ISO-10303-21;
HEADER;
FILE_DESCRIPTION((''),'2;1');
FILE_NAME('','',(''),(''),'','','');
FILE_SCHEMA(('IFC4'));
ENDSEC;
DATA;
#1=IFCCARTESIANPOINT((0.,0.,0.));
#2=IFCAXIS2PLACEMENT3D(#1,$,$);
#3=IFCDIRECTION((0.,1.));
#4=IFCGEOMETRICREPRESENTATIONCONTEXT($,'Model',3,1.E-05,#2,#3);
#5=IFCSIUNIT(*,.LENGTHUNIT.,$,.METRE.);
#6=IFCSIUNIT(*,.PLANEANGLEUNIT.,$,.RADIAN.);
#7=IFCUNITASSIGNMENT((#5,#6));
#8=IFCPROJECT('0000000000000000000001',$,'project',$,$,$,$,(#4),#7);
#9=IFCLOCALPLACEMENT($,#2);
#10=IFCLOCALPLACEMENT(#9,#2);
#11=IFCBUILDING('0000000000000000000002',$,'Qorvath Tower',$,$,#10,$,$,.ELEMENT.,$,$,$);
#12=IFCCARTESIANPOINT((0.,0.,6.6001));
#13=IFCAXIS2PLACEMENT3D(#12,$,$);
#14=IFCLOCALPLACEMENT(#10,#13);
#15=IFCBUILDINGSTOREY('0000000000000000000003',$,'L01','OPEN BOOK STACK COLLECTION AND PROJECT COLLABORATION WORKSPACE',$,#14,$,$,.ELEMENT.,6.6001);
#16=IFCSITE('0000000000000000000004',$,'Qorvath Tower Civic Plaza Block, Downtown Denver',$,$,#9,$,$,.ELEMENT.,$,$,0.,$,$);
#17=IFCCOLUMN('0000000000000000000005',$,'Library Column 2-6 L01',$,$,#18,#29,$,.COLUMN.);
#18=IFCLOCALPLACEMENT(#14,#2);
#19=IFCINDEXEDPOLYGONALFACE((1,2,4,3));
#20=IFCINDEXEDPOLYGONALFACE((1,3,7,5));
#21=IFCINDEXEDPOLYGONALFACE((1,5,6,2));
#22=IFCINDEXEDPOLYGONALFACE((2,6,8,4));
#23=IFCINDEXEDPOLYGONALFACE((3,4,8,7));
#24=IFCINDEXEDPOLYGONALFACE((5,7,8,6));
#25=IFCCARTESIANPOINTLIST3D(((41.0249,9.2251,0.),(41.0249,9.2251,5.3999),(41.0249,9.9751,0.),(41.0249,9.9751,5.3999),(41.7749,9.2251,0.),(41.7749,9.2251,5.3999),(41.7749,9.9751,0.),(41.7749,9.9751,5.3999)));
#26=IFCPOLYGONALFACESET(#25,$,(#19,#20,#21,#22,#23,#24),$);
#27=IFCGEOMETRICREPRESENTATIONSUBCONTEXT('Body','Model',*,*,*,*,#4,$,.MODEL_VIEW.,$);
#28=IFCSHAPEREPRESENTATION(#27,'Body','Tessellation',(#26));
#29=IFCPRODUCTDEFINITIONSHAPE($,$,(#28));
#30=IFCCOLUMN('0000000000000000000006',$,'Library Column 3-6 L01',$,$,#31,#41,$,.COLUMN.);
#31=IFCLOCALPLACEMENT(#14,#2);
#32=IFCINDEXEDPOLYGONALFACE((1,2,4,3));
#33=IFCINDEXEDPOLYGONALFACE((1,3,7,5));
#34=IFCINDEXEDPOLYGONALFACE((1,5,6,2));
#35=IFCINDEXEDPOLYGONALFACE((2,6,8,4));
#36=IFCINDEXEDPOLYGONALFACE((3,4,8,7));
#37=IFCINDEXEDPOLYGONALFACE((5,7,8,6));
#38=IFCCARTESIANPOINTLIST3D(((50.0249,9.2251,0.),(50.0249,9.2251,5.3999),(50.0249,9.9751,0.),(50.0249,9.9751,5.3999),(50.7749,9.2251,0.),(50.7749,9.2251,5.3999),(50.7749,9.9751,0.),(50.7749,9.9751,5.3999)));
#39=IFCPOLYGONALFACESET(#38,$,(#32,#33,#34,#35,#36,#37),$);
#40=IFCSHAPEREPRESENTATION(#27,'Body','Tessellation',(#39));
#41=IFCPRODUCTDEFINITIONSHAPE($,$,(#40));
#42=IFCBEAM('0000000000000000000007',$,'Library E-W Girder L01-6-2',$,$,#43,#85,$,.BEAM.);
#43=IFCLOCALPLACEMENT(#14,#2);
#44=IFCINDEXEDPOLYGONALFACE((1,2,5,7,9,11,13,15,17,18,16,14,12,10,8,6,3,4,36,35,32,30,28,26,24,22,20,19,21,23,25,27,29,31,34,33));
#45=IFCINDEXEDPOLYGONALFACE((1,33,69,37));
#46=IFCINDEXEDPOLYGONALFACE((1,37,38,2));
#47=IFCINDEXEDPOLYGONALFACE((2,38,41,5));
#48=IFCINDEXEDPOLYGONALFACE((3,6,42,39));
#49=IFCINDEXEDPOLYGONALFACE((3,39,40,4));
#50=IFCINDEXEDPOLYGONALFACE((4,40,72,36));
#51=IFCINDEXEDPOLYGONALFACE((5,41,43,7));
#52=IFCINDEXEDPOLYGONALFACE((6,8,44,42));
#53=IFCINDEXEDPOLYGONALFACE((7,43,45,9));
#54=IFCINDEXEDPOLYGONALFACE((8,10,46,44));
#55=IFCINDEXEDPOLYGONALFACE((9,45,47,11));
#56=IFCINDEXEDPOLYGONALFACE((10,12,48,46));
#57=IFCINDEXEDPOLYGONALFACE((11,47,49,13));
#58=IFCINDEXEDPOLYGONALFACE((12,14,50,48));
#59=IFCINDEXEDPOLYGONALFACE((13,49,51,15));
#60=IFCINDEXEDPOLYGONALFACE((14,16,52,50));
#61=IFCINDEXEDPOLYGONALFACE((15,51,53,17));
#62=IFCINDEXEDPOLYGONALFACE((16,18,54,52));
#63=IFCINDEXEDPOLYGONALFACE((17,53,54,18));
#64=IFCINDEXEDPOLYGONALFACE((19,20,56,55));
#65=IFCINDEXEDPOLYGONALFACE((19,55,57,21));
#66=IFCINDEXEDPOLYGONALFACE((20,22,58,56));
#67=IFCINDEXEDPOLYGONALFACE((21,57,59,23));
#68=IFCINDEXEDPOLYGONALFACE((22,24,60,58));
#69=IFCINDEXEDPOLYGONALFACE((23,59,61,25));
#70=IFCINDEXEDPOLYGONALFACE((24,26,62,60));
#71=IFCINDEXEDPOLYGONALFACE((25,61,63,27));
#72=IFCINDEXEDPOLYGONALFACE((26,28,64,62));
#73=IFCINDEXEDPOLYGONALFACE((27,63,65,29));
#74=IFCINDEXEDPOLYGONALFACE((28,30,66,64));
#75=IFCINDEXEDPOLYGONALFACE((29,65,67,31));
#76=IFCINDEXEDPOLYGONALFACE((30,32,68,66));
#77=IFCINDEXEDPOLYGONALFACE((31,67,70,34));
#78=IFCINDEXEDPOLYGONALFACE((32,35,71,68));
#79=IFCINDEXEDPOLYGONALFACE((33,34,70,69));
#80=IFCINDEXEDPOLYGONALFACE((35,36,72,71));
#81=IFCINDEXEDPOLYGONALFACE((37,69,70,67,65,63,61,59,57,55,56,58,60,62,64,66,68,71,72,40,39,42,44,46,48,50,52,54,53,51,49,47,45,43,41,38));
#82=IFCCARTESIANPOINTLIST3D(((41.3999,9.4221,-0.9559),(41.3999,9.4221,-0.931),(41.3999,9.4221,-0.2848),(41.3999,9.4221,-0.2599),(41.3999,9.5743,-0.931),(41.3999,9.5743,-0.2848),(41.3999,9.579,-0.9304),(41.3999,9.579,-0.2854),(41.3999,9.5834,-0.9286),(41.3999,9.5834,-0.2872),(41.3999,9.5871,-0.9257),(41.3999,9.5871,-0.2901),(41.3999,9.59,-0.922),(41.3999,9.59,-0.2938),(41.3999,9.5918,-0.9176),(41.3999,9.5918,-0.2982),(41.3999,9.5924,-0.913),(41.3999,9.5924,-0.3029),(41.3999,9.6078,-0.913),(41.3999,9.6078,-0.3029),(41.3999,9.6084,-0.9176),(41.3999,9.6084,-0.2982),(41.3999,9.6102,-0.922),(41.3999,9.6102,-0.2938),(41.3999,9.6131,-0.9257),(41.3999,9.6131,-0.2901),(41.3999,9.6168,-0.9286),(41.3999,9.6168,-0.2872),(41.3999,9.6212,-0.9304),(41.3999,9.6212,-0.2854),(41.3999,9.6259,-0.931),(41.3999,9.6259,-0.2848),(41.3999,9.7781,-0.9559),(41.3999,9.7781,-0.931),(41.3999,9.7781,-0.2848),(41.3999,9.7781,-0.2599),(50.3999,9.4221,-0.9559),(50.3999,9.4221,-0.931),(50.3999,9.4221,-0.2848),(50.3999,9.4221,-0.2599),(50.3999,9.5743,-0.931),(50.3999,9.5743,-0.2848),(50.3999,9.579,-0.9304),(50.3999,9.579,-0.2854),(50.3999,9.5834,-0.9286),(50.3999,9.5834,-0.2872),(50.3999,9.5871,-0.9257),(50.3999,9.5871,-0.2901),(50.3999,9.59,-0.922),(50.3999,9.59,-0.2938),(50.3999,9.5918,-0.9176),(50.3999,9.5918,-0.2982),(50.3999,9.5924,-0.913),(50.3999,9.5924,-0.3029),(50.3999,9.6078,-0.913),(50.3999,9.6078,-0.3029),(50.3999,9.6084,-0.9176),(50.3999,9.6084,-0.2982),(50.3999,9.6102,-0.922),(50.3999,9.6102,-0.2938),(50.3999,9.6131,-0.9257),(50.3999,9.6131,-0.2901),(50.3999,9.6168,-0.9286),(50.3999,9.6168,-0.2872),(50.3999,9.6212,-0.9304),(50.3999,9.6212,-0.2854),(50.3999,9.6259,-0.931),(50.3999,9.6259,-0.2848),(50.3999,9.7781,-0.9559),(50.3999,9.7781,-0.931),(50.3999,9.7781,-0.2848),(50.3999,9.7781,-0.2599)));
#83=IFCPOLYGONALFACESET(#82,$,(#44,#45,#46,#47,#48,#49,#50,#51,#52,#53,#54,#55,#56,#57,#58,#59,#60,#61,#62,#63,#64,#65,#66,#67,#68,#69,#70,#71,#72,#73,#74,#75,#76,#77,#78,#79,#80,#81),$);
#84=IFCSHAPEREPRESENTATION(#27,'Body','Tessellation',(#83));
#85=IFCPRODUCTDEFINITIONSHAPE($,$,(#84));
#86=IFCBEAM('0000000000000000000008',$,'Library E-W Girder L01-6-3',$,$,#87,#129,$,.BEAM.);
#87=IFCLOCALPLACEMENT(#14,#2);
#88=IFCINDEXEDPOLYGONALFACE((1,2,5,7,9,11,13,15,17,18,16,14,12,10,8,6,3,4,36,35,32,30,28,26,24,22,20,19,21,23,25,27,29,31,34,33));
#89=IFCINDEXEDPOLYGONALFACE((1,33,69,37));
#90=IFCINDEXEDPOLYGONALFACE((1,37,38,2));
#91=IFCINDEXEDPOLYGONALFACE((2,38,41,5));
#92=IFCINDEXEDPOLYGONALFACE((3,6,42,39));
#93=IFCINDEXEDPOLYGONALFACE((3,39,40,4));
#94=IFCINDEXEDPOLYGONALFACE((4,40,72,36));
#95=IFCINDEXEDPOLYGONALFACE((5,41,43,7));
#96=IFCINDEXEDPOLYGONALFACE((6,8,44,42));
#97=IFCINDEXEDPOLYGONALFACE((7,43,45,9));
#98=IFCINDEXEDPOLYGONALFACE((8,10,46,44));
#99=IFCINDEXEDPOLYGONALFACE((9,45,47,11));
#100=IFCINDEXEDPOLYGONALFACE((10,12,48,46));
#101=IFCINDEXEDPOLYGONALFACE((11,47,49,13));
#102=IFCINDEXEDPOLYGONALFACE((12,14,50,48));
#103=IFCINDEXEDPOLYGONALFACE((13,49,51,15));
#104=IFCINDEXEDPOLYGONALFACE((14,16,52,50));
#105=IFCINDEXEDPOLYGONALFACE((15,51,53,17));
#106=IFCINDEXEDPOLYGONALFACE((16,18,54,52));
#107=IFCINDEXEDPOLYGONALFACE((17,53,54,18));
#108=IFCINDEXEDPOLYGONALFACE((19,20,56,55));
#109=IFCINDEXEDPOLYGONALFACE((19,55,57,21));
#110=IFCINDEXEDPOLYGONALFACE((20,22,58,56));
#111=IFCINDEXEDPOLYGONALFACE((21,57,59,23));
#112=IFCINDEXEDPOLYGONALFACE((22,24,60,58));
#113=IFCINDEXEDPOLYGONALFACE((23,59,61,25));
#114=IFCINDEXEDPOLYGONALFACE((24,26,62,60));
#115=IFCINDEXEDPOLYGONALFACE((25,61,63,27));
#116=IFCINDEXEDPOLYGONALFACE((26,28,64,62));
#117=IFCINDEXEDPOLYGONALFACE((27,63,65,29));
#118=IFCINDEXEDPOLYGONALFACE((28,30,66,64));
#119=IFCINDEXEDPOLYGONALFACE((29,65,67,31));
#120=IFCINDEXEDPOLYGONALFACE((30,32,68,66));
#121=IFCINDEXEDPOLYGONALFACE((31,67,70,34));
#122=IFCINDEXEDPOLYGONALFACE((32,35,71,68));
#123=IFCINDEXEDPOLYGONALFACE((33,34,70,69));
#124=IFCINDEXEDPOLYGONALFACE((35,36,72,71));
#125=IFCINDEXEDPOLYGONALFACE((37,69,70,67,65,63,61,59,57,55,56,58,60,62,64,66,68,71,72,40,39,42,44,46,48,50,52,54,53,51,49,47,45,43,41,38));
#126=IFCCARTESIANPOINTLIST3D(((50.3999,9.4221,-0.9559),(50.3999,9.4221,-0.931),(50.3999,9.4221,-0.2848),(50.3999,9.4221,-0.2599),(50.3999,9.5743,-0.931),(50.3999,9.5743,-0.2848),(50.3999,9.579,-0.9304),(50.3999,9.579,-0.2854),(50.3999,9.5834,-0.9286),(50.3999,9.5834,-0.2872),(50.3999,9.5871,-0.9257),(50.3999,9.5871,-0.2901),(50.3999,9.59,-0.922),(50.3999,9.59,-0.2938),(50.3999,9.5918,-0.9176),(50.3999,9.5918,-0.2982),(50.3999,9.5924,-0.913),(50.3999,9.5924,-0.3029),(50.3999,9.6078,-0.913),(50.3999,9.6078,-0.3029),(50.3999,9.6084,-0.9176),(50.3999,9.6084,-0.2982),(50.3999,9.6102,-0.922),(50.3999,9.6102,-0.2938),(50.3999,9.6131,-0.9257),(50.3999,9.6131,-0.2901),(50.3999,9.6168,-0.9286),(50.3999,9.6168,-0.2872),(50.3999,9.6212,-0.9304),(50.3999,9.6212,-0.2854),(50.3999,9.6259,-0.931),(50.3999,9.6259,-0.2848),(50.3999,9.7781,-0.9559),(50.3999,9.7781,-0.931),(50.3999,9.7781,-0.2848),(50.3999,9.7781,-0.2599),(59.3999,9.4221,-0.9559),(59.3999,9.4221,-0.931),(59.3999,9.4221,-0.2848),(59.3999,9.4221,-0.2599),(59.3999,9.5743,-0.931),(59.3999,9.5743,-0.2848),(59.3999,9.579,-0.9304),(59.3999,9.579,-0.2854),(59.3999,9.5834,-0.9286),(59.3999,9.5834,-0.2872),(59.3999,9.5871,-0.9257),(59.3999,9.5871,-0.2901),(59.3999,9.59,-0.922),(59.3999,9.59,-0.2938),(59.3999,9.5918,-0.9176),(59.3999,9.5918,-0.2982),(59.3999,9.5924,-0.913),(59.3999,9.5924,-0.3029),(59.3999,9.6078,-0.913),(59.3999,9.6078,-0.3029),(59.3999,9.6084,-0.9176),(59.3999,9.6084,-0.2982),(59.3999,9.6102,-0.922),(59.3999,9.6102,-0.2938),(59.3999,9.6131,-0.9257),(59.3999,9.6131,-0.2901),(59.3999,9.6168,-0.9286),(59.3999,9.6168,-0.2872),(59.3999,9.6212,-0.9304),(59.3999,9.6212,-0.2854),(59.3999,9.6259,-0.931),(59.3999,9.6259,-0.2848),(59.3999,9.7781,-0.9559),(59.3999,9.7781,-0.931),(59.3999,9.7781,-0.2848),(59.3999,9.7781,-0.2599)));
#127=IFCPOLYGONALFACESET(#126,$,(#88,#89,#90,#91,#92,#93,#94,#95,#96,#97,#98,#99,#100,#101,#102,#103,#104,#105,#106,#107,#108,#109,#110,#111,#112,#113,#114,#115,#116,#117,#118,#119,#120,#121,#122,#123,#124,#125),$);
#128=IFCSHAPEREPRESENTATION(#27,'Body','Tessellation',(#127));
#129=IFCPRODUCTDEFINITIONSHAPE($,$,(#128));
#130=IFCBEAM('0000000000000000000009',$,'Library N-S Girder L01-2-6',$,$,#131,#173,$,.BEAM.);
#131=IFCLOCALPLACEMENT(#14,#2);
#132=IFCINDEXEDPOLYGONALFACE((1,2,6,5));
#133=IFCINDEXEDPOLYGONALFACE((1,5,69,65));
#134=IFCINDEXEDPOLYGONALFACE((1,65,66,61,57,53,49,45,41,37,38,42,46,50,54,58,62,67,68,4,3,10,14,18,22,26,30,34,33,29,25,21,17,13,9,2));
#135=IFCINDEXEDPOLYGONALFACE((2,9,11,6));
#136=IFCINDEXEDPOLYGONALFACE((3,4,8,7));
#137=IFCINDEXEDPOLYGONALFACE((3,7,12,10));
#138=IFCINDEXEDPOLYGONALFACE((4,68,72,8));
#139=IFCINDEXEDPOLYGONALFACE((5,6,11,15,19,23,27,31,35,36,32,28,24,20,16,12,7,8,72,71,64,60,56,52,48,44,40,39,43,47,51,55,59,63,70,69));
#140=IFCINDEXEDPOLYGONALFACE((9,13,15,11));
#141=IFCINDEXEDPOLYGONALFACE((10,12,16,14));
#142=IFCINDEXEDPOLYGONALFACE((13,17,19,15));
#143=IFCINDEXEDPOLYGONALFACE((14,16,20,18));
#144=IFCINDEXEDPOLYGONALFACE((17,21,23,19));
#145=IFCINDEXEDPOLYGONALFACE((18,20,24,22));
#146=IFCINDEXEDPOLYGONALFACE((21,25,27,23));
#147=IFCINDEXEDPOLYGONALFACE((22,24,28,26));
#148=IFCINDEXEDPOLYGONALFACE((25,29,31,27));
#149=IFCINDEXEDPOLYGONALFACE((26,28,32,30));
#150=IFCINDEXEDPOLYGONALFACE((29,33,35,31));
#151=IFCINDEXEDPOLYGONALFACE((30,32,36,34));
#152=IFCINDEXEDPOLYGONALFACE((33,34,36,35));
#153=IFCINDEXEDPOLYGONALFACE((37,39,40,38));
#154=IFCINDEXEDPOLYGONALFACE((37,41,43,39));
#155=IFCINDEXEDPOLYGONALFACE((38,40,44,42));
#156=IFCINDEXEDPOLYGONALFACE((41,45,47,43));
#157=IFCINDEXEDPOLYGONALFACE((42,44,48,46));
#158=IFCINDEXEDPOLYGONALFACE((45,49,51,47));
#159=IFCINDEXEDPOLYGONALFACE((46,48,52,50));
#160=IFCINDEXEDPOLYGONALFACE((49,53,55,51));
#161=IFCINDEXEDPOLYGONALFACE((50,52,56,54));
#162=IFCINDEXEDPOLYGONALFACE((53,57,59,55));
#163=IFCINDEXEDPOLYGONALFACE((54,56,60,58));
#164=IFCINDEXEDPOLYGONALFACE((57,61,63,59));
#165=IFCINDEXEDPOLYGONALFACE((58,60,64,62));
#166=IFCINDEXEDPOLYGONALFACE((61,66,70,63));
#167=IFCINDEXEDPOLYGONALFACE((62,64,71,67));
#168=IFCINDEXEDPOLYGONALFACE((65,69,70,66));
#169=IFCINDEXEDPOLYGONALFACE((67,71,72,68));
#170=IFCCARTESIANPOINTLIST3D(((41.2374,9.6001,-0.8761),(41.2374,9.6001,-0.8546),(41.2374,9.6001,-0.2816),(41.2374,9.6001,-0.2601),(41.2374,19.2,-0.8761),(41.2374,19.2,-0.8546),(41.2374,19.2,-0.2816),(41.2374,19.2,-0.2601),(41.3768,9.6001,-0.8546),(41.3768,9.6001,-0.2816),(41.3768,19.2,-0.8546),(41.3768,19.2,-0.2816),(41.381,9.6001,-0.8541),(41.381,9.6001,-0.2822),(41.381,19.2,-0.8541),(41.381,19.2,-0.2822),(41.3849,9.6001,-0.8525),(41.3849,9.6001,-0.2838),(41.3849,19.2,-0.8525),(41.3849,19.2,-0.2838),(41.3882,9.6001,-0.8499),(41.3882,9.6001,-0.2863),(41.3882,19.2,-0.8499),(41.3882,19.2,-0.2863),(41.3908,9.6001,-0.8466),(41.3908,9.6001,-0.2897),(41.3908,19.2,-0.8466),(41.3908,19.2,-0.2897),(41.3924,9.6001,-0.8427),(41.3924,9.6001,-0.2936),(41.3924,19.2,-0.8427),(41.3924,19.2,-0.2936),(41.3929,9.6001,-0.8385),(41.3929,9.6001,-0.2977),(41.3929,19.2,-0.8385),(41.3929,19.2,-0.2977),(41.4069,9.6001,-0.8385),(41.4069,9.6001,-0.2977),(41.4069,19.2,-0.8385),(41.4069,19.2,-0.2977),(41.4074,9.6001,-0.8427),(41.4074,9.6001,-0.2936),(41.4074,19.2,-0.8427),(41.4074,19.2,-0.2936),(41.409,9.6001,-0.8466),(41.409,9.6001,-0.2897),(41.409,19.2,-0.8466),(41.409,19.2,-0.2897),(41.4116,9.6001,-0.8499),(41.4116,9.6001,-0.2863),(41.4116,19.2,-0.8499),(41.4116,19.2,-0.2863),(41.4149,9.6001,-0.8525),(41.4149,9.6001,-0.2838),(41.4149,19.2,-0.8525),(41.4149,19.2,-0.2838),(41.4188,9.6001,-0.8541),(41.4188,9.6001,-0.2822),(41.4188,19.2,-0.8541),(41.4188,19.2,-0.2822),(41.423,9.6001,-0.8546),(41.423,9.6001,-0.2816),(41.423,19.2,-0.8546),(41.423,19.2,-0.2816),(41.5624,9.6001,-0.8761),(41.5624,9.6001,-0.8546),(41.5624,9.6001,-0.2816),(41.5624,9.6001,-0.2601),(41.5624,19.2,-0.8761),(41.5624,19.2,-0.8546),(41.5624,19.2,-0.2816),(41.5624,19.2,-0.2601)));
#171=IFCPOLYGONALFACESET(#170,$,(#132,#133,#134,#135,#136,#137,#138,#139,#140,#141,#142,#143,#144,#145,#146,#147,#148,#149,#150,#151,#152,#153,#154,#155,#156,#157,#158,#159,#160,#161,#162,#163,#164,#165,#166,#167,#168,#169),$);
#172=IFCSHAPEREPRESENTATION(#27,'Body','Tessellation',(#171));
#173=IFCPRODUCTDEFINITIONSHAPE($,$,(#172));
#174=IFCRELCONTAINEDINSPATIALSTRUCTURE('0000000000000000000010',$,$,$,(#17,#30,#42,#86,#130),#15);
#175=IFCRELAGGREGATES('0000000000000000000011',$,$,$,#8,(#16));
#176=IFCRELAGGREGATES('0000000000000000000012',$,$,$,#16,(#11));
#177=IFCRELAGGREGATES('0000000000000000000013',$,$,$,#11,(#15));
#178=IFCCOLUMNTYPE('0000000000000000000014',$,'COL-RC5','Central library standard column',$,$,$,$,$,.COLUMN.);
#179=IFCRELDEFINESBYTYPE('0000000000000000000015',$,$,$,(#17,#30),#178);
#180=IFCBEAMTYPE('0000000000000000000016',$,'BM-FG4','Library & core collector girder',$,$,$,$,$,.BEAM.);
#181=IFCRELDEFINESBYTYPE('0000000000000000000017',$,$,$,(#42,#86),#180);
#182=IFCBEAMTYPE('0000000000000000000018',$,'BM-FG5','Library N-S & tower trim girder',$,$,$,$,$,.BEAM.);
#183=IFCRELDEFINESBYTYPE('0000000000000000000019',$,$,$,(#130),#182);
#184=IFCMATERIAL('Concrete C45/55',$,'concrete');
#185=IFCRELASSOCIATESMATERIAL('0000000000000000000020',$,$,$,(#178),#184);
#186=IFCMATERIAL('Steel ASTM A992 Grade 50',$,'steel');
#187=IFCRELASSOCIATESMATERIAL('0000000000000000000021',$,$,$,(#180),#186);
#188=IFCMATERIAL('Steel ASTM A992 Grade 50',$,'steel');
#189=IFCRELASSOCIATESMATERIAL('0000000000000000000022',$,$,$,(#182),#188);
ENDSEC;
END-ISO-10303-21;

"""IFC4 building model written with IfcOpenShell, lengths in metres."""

from ifc_helpers import new_model, si_unit, direction, frame, origin, origin_2d, place, context, subcontext, project, spatial, rectangle, i_section, extrude, material, material_profile, profile_set, type_object, element, save


model = new_model("IFC4")

# Units and contexts
model_context = context("Model", 3, precision=1e-05, world=origin(), true_north=direction((0.0, 1.0)))
body_context = subcontext(model_context, "Body", "Model", "MODEL_VIEW")
ifc_project = project(units=[si_unit("LENGTHUNIT", "METRE"), si_unit("PLANEANGLEUNIT", "RADIAN")], contexts=[model_context])

# Site, building, storey
site_placement = place(None, origin())
site = spatial("IfcSite", under=ifc_project, at=site_placement, Name="Qorvath Tower Civic Plaza Block, Downtown Denver", CompositionType="ELEMENT", RefElevation=0.0)
building_placement = place(site_placement, origin())
building = spatial("IfcBuilding", under=site, at=building_placement, Name="Qorvath Tower", CompositionType="ELEMENT")
storey_placement = place(building_placement, frame((0.0, 0.0, 6.6001)))
storey = spatial("IfcBuildingStorey", under=building, at=storey_placement, Name="L01", Description="OPEN BOOK STACK COLLECTION AND PROJECT COLLABORATION WORKSPACE", CompositionType="ELEMENT", Elevation=6.6001)

# Columns
ifc_material_1 = material(Name="Concrete C45/55", Category="concrete")
ifc_material_profile_1 = material_profile(ifc_material_1, rectangle(XDim=0.75, YDim=0.75, at=origin_2d()), Name="RC 750x750")
ifc_profile_set_1 = profile_set([ifc_material_profile_1], Name="Concrete C45/55")
column_type = type_object("IfcColumnType", Name="COL-RC5", Description="Central library standard column", PredefinedType="COLUMN", material=ifc_profile_set_1)
for number, where, z_axis, x_axis, name in (
    (1, (41.3999, 9.6001, 0.0), (0.0, 0.0, 1.0), (1.0, 0.0, 0.0), "Library Column 2-6 L01"),
    (2, (50.3999, 9.6001, 0.0), (0.0, 0.0, 1.0), (1.0, 0.0, 0.0), "Library Column 3-6 L01"),
):
    element("IfcColumn", number, at=place(storey_placement, frame(where, z_axis=z_axis, x_axis=x_axis)), inside=storey, type_object=column_type, Name=name, PredefinedType="COLUMN", context=body_context, shape_type="SweptSolid", body=[
        extrude(rectangle(XDim=0.75, YDim=0.75, at=origin_2d()), origin(), (0.0, 0.0, 1.0), 5.3999),
    ])

# Beams
ifc_material_2 = material(Name="Steel ASTM A992 Grade 50", Category="steel")
ifc_material_profile_2 = material_profile(ifc_material_2, i_section(OverallWidth=0.356, OverallDepth=0.696, WebThickness=0.0154, FlangeThickness=0.0249, FilletRadius=0.0181, at=origin_2d()), Name="W27x146")
ifc_profile_set_2 = profile_set([ifc_material_profile_2], Name="Steel ASTM A992 Grade 50")
beam_type_1 = type_object("IfcBeamType", Name="BM-FG4", Description="Library & core collector girder", PredefinedType="BEAM", material=ifc_profile_set_2)
for number, where, z_axis, x_axis, name in (
    (3, (41.3999, 9.6001, -0.6079), (1.0, 0.0, 0.0), (0.0, 1.0, 0.0), "Library E-W Girder L01-6-2"),
    (4, (50.3999, 9.6001, -0.6079), (1.0, 0.0, 0.0), (0.0, 1.0, 0.0), "Library E-W Girder L01-6-3"),
):
    element("IfcBeam", number, at=place(storey_placement, frame(where, z_axis=z_axis, x_axis=x_axis)), inside=storey, type_object=beam_type_1, Name=name, PredefinedType="BEAM", context=body_context, shape_type="SweptSolid", body=[
        extrude(i_section(OverallWidth=0.356, OverallDepth=0.696, WebThickness=0.0154, FlangeThickness=0.0249, FilletRadius=0.0181, at=origin_2d()), origin(), (0.0, 0.0, 1.0), 9.0),
    ])
ifc_material_3 = material(Name="Steel ASTM A992 Grade 50", Category="steel")
ifc_material_profile_3 = material_profile(ifc_material_3, i_section(OverallWidth=0.325, OverallDepth=0.616, WebThickness=0.0139, FlangeThickness=0.0215, FilletRadius=0.0161, at=origin_2d()), Name="W24x117")
ifc_profile_set_3 = profile_set([ifc_material_profile_3], Name="Steel ASTM A992 Grade 50")
beam_type_2 = type_object("IfcBeamType", Name="BM-FG5", Description="Library N-S & tower trim girder", PredefinedType="BEAM", material=ifc_profile_set_3)
for number, where, z_axis, x_axis, name in (
    (5, (41.3999, 9.6001, -0.5681), (0.0, 1.0, 0.0), (-1.0, 0.0, 0.0), "Library N-S Girder L01-2-6"),
):
    element("IfcBeam", number, at=place(storey_placement, frame(where, z_axis=z_axis, x_axis=x_axis)), inside=storey, type_object=beam_type_2, Name=name, PredefinedType="BEAM", context=body_context, shape_type="SweptSolid", body=[
        extrude(i_section(OverallWidth=0.325, OverallDepth=0.616, WebThickness=0.0139, FlangeThickness=0.0215, FilletRadius=0.0161, at=origin_2d()), origin(), (0.0, 0.0, 1.0), 9.5999),
    ])

save(model, "model.ifc")
